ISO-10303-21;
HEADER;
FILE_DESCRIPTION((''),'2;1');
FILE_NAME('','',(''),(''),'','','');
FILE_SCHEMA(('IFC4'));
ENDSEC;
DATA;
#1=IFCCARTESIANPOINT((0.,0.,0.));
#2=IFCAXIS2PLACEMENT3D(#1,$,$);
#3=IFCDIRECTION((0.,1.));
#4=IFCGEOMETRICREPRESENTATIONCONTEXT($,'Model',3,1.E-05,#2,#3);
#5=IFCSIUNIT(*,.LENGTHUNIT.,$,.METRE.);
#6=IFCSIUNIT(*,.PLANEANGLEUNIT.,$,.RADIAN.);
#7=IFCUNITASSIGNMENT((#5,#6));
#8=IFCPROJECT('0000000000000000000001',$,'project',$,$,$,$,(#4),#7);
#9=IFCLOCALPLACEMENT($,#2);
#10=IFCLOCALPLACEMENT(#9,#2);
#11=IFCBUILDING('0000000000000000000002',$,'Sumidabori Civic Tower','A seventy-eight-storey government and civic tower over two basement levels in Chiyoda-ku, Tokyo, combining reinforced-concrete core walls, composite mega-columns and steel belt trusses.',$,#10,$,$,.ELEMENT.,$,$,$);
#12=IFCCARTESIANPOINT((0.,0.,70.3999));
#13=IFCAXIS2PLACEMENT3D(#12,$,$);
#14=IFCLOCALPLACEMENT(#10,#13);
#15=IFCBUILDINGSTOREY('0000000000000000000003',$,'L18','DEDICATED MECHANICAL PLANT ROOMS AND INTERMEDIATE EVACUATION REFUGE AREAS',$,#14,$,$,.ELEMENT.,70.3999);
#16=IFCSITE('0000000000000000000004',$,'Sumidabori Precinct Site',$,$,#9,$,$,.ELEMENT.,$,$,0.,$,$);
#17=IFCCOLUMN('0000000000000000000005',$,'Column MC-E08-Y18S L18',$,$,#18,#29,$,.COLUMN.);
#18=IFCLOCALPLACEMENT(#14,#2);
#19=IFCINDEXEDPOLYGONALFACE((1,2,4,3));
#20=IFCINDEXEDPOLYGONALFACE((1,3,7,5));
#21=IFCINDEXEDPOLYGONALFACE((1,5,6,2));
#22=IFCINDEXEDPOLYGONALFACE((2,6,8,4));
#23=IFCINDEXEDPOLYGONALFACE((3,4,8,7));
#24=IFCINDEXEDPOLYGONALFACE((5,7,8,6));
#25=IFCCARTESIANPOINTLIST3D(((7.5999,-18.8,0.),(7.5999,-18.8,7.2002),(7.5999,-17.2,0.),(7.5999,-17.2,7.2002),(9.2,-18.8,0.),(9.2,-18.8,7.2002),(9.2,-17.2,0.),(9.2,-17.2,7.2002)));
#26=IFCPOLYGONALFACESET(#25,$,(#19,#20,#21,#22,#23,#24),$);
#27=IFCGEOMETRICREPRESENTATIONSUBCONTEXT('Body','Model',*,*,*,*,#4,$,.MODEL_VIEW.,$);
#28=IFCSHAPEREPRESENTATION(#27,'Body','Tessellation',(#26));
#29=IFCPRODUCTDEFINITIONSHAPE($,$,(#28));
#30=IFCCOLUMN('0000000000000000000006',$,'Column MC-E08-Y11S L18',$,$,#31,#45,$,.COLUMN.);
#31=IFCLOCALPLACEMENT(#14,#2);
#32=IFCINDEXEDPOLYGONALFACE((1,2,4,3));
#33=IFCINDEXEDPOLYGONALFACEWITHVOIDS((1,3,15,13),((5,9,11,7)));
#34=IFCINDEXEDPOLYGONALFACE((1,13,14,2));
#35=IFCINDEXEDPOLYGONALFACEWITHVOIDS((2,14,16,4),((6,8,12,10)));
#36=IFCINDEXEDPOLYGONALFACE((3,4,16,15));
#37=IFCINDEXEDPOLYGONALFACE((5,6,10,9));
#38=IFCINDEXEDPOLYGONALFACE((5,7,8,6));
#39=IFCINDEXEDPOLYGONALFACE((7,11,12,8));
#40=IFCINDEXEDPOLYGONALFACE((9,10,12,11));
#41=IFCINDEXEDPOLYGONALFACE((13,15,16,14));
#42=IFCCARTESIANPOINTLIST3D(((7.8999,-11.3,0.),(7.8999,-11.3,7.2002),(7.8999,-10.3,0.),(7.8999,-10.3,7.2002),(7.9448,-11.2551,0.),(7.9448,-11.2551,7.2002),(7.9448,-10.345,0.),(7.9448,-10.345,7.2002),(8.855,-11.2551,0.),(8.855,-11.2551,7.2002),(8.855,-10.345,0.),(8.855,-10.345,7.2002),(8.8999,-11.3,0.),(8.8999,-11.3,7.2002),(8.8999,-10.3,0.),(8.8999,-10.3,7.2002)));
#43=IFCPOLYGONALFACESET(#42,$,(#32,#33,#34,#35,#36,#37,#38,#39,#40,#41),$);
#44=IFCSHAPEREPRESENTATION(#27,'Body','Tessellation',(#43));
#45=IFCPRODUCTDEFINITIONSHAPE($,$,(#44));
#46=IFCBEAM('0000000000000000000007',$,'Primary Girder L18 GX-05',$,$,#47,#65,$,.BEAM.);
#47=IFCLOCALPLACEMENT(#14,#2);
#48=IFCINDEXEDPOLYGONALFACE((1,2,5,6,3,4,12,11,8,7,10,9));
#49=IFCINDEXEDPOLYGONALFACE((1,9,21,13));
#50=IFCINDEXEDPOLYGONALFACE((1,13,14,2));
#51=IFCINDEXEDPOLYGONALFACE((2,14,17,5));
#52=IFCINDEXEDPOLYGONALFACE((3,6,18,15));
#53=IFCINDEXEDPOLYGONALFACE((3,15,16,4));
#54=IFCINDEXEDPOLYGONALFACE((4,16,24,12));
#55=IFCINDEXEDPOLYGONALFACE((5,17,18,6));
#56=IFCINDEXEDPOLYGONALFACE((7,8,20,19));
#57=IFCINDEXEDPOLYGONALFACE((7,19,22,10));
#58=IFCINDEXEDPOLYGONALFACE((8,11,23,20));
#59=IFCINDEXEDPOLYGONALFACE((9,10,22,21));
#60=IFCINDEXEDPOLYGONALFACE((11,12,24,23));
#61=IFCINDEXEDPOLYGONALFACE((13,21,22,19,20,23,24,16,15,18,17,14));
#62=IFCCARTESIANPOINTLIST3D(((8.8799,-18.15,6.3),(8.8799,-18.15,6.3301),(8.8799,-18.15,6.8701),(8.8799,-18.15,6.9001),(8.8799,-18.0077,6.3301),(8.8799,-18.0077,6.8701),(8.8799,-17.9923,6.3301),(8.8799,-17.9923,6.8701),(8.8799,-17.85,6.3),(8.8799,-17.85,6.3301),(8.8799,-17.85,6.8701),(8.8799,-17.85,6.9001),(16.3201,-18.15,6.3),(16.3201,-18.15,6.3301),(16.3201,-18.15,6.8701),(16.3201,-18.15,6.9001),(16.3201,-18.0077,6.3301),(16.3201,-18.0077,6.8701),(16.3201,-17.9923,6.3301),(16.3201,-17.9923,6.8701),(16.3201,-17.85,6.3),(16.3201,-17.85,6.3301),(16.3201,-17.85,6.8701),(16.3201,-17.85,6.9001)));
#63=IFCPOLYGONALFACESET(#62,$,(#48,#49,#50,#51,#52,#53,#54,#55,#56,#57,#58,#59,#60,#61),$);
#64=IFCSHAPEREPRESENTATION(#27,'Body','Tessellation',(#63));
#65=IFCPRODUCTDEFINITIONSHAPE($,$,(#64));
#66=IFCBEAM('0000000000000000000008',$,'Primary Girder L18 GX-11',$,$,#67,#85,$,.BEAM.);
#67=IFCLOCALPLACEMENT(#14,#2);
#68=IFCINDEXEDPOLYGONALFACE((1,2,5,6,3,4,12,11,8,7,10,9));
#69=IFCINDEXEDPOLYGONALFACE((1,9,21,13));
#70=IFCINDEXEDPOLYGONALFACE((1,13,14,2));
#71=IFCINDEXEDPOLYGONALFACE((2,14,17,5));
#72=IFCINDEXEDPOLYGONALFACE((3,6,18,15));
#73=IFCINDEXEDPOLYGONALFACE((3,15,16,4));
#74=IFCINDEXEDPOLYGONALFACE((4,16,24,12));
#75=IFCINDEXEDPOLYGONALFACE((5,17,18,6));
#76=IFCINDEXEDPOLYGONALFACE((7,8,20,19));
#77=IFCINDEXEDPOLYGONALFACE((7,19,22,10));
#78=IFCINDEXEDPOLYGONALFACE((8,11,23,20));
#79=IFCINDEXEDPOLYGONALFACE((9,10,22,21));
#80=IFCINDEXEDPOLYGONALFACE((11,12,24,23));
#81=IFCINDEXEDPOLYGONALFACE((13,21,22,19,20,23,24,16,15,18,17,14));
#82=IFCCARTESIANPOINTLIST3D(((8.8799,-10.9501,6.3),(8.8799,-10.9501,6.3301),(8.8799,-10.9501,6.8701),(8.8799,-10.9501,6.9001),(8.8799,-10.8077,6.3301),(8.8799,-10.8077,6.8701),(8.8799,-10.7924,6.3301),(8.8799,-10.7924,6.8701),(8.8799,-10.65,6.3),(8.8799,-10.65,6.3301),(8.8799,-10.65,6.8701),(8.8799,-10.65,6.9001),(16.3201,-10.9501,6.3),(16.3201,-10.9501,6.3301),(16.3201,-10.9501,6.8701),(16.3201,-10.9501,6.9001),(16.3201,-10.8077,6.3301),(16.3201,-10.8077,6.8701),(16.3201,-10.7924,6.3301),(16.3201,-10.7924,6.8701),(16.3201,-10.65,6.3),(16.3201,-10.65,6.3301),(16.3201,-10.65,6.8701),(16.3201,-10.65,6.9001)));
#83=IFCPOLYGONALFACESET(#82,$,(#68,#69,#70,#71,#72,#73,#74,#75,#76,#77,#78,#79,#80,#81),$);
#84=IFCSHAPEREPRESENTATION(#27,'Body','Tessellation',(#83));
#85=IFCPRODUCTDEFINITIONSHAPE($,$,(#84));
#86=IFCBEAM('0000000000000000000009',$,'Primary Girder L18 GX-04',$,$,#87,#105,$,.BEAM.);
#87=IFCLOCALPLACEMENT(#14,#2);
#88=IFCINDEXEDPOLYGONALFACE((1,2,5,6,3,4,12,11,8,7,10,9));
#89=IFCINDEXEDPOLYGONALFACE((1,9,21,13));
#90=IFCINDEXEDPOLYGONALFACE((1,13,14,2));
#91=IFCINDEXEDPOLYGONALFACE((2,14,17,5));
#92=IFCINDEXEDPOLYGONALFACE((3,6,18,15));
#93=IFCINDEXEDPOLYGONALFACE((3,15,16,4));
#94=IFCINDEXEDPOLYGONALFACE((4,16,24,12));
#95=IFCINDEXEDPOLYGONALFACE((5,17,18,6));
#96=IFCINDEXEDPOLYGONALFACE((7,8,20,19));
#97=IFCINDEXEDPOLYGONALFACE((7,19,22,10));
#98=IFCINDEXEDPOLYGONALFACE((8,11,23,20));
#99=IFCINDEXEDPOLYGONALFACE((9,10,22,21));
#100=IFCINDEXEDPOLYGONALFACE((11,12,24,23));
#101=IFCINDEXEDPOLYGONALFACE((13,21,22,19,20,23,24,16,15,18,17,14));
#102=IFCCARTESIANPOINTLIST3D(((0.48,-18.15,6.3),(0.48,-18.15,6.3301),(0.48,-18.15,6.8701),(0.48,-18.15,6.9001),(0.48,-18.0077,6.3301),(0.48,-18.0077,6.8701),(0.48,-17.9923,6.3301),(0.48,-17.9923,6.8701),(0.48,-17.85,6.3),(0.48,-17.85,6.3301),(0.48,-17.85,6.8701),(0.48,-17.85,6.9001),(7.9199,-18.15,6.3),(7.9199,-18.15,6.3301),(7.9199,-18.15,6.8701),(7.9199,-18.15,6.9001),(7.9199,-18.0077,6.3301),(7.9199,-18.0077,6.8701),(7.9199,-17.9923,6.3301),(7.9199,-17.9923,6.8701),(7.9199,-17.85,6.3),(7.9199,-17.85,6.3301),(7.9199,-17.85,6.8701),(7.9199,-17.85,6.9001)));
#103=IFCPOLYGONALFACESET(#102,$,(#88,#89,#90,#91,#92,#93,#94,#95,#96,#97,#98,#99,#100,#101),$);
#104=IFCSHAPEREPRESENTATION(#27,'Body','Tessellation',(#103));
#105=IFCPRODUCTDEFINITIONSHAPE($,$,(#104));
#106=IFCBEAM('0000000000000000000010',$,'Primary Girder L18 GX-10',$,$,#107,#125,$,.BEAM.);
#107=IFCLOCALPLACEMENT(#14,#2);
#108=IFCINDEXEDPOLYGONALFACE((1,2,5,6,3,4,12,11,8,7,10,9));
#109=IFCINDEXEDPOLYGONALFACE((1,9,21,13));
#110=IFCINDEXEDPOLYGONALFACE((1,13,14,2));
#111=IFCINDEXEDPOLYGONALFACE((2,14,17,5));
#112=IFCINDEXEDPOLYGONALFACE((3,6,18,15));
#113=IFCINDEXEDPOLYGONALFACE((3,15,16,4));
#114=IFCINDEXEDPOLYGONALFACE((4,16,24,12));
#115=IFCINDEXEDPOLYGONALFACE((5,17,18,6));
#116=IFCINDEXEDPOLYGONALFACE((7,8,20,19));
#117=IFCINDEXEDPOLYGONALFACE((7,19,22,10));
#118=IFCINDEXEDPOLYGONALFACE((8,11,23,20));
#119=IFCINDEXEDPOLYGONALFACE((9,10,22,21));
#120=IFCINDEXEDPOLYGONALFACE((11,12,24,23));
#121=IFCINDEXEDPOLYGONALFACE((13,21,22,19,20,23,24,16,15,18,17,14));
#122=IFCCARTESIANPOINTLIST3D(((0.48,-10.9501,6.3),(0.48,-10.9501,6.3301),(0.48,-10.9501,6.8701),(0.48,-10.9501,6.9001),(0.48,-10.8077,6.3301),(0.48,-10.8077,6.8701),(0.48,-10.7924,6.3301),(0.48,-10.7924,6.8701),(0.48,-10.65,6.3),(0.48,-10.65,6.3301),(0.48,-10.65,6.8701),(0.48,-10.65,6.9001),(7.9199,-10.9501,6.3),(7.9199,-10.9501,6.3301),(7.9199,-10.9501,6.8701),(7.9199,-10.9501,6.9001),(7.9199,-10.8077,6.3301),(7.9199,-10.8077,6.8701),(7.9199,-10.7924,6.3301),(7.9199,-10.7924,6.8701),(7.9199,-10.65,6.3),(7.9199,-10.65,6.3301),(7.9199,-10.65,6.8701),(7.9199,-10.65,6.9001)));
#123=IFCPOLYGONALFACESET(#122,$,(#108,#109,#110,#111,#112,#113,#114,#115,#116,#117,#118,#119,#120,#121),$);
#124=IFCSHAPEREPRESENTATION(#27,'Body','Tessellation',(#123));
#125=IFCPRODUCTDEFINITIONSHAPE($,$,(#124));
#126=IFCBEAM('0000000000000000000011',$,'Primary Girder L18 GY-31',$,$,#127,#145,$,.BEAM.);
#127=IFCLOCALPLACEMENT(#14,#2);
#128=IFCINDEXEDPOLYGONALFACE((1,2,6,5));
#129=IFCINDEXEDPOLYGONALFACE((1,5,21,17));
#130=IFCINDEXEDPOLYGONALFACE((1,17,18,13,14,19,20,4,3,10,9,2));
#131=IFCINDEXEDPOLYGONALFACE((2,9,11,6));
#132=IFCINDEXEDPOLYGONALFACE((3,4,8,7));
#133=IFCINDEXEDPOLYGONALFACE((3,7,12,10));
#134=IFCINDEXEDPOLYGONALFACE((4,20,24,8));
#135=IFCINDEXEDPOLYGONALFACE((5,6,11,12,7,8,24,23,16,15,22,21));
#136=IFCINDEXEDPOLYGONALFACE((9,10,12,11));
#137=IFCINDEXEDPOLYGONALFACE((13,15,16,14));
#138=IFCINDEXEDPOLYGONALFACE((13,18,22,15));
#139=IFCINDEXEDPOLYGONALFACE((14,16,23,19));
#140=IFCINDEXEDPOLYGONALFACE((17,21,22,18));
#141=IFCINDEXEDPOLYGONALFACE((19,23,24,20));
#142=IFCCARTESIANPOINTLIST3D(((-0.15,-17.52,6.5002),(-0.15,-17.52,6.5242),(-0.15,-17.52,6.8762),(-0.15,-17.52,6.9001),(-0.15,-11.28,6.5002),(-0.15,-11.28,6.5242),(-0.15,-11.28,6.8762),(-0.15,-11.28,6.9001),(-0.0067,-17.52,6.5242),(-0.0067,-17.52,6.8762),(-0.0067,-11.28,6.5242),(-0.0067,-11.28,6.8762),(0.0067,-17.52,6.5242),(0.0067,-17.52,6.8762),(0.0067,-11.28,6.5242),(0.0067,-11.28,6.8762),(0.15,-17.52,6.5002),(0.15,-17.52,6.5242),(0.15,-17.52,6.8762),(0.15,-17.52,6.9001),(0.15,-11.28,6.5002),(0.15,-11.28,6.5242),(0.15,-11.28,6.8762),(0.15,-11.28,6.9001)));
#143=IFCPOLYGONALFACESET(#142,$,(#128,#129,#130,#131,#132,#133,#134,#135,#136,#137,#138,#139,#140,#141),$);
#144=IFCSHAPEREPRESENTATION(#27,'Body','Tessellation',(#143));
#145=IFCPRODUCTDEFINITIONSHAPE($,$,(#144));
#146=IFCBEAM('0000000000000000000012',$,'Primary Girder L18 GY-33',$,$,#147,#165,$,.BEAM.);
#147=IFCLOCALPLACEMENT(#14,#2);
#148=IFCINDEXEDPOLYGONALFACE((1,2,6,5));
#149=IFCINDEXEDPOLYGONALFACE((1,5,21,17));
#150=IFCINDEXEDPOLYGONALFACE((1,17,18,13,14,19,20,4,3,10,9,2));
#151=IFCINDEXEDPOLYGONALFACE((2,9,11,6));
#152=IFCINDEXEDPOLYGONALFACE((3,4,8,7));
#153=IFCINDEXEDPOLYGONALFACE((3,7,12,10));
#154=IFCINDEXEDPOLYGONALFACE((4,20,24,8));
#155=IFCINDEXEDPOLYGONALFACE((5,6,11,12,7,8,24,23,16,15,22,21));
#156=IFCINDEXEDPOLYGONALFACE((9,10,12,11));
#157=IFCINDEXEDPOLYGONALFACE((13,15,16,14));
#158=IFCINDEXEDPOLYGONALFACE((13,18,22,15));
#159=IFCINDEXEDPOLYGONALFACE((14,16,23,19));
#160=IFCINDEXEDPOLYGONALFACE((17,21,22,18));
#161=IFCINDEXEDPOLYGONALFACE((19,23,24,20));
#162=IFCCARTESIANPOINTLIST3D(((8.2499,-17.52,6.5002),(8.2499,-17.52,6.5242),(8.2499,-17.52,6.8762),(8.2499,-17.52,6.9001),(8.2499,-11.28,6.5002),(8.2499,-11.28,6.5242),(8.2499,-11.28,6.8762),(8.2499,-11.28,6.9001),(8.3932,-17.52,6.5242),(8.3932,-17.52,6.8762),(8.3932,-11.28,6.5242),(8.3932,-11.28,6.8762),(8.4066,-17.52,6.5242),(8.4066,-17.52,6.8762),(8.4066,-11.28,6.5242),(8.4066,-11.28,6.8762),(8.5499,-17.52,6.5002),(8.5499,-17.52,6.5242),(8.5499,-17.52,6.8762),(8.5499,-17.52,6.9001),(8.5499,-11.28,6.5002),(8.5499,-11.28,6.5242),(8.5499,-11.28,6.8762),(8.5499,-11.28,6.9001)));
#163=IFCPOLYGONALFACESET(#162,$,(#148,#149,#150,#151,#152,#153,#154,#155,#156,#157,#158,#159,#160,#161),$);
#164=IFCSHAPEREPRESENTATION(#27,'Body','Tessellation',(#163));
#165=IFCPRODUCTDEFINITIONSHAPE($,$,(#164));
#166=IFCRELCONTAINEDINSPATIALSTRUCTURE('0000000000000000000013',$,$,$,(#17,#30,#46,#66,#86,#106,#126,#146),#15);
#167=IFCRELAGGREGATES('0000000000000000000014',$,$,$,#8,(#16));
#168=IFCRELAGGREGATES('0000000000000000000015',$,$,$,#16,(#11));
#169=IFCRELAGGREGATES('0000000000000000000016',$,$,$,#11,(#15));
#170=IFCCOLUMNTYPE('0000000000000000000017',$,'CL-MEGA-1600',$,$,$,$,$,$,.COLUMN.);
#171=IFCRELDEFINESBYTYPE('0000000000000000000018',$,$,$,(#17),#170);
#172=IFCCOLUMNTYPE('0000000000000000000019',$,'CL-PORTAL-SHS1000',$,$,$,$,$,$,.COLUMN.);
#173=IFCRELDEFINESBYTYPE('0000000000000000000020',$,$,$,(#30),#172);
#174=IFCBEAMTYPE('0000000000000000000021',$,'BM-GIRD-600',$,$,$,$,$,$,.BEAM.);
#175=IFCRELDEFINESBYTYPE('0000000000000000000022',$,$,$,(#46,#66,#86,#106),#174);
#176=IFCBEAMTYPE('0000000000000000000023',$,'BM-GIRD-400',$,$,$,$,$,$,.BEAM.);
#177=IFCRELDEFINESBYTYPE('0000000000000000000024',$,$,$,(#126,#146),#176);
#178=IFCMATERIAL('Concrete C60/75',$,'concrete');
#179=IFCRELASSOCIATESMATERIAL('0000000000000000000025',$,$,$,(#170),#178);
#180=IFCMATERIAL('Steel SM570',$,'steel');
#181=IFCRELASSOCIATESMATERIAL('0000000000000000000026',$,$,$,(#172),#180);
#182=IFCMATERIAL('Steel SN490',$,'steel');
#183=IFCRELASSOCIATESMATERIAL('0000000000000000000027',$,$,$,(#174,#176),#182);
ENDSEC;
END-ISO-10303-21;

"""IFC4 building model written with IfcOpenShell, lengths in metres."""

from ifc_helpers import new_model, si_unit, direction, frame, origin, origin_2d, place, context, subcontext, project, spatial, rectangle, hollow_rectangle, i_section, extrude, source, transform, mapped, material, material_profile, profile_set, type_object, element, save


model = new_model("IFC4")

# Units and contexts
model_context = context("Model", 3, precision=1e-05, world=origin(), true_north=direction((0.0, 1.0)))
body_context = subcontext(model_context, "Body", "Model", "MODEL_VIEW")
ifc_project = project(units=[si_unit("LENGTHUNIT", "METRE"), si_unit("PLANEANGLEUNIT", "RADIAN")], contexts=[model_context])

# Site, building, storey
site_placement = place(None, origin())
site = spatial("IfcSite", under=ifc_project, at=site_placement, Name="Sumidabori Precinct Site", CompositionType="ELEMENT", RefElevation=0.0)
building_placement = place(site_placement, origin())
building = spatial("IfcBuilding", under=site, at=building_placement, Name="Sumidabori Civic Tower", Description="A seventy-eight-storey government and civic tower over two basement levels in Chiyoda-ku, Tokyo, combining reinforced-concrete core walls, composite mega-columns and steel belt trusses.", CompositionType="ELEMENT")
storey_placement = place(building_placement, frame((0.0, 0.0, 70.3999)))
storey = spatial("IfcBuildingStorey", under=building, at=storey_placement, Name="L18", Description="DEDICATED MECHANICAL PLANT ROOMS AND INTERMEDIATE EVACUATION REFUGE AREAS", CompositionType="ELEMENT", Elevation=70.3999)

# Columns
ifc_material_1 = material(Name="Concrete C60/75", Category="concrete")
ifc_material_profile_1 = material_profile(ifc_material_1, rectangle(XDim=1.6001, YDim=1.6001, at=origin_2d()), Name="RC 1600x1600")
ifc_profile_set_1 = profile_set([ifc_material_profile_1], Name="Concrete C60/75")
column_type_1 = type_object("IfcColumnType", Name="CL-MEGA-1600", PredefinedType="COLUMN", material=ifc_profile_set_1)
shared_shape_1 = source(origin(), body_context, "Body", "SweptSolid", [
    extrude(rectangle(XDim=1.6001, YDim=1.6001, at=origin_2d()), origin(), (0.0, 0.0, 1.0), 7.2002),
])
column_1_placement = place(storey_placement, frame((8.3999, -18.0, 0.0), z_axis=(0.0, 0.0, 1.0), x_axis=(1.0, 0.0, 0.0)))
element("IfcColumn", 1, at=column_1_placement, inside=storey, type_object=column_type_1, Name="Column MC-E08-Y18S L18", PredefinedType="COLUMN", context=body_context, shape_type="MappedRepresentation", body=[
    mapped(shared_shape_1, transform((0.0, 0.0, 0.0), x_axis=(1.0, 0.0, 0.0), y_axis=(0.0, 1.0, 0.0), z_axis=(0.0, 0.0, 1.0), scale=1.0)),
])
ifc_material_2 = material(Name="Steel SM570", Category="steel")
ifc_material_profile_2 = material_profile(ifc_material_2, hollow_rectangle(XDim=1.0, YDim=1.0, WallThickness=0.0449, at=origin_2d()), Name="SHS 1000x1000x45")
ifc_profile_set_2 = profile_set([ifc_material_profile_2], Name="Steel SM570")
column_type_2 = type_object("IfcColumnType", Name="CL-PORTAL-SHS1000", PredefinedType="COLUMN", material=ifc_profile_set_2)
shared_shape_2 = source(origin(), body_context, "Body", "SweptSolid", [
    extrude(hollow_rectangle(XDim=1.0, YDim=1.0, WallThickness=0.0449, at=origin_2d()), origin(), (0.0, 0.0, 1.0), 7.2002),
])
column_2_placement = place(storey_placement, frame((8.3999, -10.8, 0.0), z_axis=(0.0, 0.0, 1.0), x_axis=(1.0, 0.0, 0.0)))
element("IfcColumn", 2, at=column_2_placement, inside=storey, type_object=column_type_2, Name="Column MC-E08-Y11S L18", PredefinedType="COLUMN", context=body_context, shape_type="MappedRepresentation", body=[
    mapped(shared_shape_2, transform((0.0, 0.0, 0.0), x_axis=(1.0, 0.0, 0.0), y_axis=(0.0, 1.0, 0.0), z_axis=(0.0, 0.0, 1.0), scale=1.0)),
])

# Beams
ifc_material_3 = material(Name="Steel SN490", Category="steel")
ifc_material_profile_3 = material_profile(ifc_material_3, i_section(OverallWidth=0.3, OverallDepth=0.6001, WebThickness=0.0154, FlangeThickness=0.03, at=origin_2d()), Name="HE 600 B")
ifc_profile_set_3 = profile_set([ifc_material_profile_3], Name="Steel SN490")
beam_type_1 = type_object("IfcBeamType", Name="BM-GIRD-600", PredefinedType="BEAM", material=ifc_profile_set_3)
shared_shape_3 = source(origin(), body_context, "Body", "SweptSolid", [
    extrude(i_section(OverallWidth=0.3, OverallDepth=0.6001, WebThickness=0.0154, FlangeThickness=0.03, at=origin_2d()), origin(), (0.0, 0.0, 1.0), 7.4402),
])
for number, where, z_axis, x_axis, name in (
    (3, (8.8799, -18.0, 6.6001), (1.0, 0.0, 0.0), (0.0, 1.0, 0.0), "Primary Girder L18 GX-05"),
    (4, (8.8799, -10.8, 6.6001), (1.0, 0.0, 0.0), (0.0, 1.0, 0.0), "Primary Girder L18 GX-11"),
):
    element("IfcBeam", number, at=place(storey_placement, frame(where, z_axis=z_axis, x_axis=x_axis)), inside=storey, type_object=beam_type_1, Name=name, PredefinedType="BEAM", context=body_context, shape_type="MappedRepresentation", body=[
        mapped(shared_shape_3, transform((0.0, 0.0, 0.0), x_axis=(1.0, 0.0, 0.0), y_axis=(0.0, 1.0, 0.0), z_axis=(0.0, 0.0, 1.0), scale=1.0)),
    ])
shared_shape_4 = source(origin(), body_context, "Body", "SweptSolid", [
    extrude(i_section(OverallWidth=0.3, OverallDepth=0.6001, WebThickness=0.0154, FlangeThickness=0.03, at=origin_2d()), origin(), (0.0, 0.0, 1.0), 7.4399),
])
for number, where, z_axis, x_axis, name in (
    (5, (0.48, -18.0, 6.6001), (1.0, 0.0, 0.0), (0.0, 1.0, 0.0), "Primary Girder L18 GX-04"),
    (6, (0.48, -10.8, 6.6001), (1.0, 0.0, 0.0), (0.0, 1.0, 0.0), "Primary Girder L18 GX-10"),
):
    element("IfcBeam", number, at=place(storey_placement, frame(where, z_axis=z_axis, x_axis=x_axis)), inside=storey, type_object=beam_type_1, Name=name, PredefinedType="BEAM", context=body_context, shape_type="MappedRepresentation", body=[
        mapped(shared_shape_4, transform((0.0, 0.0, 0.0), x_axis=(1.0, 0.0, 0.0), y_axis=(0.0, 1.0, 0.0), z_axis=(0.0, 0.0, 1.0), scale=1.0)),
    ])
ifc_material_profile_4 = material_profile(ifc_material_3, i_section(OverallWidth=0.3, OverallDepth=0.3999, WebThickness=0.0134, FlangeThickness=0.0239, at=origin_2d()), Name="HE 400 B")
ifc_profile_set_4 = profile_set([ifc_material_profile_4], Name="Steel SN490")
beam_type_2 = type_object("IfcBeamType", Name="BM-GIRD-400", PredefinedType="BEAM", material=ifc_profile_set_4)
shared_shape_5 = source(origin(), body_context, "Body", "SweptSolid", [
    extrude(i_section(OverallWidth=0.3, OverallDepth=0.3999, WebThickness=0.0134, FlangeThickness=0.0239, at=origin_2d()), origin(), (0.0, 0.0, 1.0), 6.24),
])
for number, where, z_axis, x_axis, name in (
    (7, (0.0, -17.52, 6.7002), (0.0, 1.0, 0.0), (-1.0, 0.0, 0.0), "Primary Girder L18 GY-31"),
    (8, (8.3999, -17.52, 6.7002), (0.0, 1.0, 0.0), (-1.0, 0.0, 0.0), "Primary Girder L18 GY-33"),
):
    element("IfcBeam", number, at=place(storey_placement, frame(where, z_axis=z_axis, x_axis=x_axis)), inside=storey, type_object=beam_type_2, Name=name, PredefinedType="BEAM", context=body_context, shape_type="MappedRepresentation", body=[
        mapped(shared_shape_5, transform((0.0, 0.0, 0.0), x_axis=(1.0, 0.0, 0.0), y_axis=(0.0, 1.0, 0.0), z_axis=(0.0, 0.0, 1.0), scale=1.0)),
    ])

save(model, "model.ifc")
